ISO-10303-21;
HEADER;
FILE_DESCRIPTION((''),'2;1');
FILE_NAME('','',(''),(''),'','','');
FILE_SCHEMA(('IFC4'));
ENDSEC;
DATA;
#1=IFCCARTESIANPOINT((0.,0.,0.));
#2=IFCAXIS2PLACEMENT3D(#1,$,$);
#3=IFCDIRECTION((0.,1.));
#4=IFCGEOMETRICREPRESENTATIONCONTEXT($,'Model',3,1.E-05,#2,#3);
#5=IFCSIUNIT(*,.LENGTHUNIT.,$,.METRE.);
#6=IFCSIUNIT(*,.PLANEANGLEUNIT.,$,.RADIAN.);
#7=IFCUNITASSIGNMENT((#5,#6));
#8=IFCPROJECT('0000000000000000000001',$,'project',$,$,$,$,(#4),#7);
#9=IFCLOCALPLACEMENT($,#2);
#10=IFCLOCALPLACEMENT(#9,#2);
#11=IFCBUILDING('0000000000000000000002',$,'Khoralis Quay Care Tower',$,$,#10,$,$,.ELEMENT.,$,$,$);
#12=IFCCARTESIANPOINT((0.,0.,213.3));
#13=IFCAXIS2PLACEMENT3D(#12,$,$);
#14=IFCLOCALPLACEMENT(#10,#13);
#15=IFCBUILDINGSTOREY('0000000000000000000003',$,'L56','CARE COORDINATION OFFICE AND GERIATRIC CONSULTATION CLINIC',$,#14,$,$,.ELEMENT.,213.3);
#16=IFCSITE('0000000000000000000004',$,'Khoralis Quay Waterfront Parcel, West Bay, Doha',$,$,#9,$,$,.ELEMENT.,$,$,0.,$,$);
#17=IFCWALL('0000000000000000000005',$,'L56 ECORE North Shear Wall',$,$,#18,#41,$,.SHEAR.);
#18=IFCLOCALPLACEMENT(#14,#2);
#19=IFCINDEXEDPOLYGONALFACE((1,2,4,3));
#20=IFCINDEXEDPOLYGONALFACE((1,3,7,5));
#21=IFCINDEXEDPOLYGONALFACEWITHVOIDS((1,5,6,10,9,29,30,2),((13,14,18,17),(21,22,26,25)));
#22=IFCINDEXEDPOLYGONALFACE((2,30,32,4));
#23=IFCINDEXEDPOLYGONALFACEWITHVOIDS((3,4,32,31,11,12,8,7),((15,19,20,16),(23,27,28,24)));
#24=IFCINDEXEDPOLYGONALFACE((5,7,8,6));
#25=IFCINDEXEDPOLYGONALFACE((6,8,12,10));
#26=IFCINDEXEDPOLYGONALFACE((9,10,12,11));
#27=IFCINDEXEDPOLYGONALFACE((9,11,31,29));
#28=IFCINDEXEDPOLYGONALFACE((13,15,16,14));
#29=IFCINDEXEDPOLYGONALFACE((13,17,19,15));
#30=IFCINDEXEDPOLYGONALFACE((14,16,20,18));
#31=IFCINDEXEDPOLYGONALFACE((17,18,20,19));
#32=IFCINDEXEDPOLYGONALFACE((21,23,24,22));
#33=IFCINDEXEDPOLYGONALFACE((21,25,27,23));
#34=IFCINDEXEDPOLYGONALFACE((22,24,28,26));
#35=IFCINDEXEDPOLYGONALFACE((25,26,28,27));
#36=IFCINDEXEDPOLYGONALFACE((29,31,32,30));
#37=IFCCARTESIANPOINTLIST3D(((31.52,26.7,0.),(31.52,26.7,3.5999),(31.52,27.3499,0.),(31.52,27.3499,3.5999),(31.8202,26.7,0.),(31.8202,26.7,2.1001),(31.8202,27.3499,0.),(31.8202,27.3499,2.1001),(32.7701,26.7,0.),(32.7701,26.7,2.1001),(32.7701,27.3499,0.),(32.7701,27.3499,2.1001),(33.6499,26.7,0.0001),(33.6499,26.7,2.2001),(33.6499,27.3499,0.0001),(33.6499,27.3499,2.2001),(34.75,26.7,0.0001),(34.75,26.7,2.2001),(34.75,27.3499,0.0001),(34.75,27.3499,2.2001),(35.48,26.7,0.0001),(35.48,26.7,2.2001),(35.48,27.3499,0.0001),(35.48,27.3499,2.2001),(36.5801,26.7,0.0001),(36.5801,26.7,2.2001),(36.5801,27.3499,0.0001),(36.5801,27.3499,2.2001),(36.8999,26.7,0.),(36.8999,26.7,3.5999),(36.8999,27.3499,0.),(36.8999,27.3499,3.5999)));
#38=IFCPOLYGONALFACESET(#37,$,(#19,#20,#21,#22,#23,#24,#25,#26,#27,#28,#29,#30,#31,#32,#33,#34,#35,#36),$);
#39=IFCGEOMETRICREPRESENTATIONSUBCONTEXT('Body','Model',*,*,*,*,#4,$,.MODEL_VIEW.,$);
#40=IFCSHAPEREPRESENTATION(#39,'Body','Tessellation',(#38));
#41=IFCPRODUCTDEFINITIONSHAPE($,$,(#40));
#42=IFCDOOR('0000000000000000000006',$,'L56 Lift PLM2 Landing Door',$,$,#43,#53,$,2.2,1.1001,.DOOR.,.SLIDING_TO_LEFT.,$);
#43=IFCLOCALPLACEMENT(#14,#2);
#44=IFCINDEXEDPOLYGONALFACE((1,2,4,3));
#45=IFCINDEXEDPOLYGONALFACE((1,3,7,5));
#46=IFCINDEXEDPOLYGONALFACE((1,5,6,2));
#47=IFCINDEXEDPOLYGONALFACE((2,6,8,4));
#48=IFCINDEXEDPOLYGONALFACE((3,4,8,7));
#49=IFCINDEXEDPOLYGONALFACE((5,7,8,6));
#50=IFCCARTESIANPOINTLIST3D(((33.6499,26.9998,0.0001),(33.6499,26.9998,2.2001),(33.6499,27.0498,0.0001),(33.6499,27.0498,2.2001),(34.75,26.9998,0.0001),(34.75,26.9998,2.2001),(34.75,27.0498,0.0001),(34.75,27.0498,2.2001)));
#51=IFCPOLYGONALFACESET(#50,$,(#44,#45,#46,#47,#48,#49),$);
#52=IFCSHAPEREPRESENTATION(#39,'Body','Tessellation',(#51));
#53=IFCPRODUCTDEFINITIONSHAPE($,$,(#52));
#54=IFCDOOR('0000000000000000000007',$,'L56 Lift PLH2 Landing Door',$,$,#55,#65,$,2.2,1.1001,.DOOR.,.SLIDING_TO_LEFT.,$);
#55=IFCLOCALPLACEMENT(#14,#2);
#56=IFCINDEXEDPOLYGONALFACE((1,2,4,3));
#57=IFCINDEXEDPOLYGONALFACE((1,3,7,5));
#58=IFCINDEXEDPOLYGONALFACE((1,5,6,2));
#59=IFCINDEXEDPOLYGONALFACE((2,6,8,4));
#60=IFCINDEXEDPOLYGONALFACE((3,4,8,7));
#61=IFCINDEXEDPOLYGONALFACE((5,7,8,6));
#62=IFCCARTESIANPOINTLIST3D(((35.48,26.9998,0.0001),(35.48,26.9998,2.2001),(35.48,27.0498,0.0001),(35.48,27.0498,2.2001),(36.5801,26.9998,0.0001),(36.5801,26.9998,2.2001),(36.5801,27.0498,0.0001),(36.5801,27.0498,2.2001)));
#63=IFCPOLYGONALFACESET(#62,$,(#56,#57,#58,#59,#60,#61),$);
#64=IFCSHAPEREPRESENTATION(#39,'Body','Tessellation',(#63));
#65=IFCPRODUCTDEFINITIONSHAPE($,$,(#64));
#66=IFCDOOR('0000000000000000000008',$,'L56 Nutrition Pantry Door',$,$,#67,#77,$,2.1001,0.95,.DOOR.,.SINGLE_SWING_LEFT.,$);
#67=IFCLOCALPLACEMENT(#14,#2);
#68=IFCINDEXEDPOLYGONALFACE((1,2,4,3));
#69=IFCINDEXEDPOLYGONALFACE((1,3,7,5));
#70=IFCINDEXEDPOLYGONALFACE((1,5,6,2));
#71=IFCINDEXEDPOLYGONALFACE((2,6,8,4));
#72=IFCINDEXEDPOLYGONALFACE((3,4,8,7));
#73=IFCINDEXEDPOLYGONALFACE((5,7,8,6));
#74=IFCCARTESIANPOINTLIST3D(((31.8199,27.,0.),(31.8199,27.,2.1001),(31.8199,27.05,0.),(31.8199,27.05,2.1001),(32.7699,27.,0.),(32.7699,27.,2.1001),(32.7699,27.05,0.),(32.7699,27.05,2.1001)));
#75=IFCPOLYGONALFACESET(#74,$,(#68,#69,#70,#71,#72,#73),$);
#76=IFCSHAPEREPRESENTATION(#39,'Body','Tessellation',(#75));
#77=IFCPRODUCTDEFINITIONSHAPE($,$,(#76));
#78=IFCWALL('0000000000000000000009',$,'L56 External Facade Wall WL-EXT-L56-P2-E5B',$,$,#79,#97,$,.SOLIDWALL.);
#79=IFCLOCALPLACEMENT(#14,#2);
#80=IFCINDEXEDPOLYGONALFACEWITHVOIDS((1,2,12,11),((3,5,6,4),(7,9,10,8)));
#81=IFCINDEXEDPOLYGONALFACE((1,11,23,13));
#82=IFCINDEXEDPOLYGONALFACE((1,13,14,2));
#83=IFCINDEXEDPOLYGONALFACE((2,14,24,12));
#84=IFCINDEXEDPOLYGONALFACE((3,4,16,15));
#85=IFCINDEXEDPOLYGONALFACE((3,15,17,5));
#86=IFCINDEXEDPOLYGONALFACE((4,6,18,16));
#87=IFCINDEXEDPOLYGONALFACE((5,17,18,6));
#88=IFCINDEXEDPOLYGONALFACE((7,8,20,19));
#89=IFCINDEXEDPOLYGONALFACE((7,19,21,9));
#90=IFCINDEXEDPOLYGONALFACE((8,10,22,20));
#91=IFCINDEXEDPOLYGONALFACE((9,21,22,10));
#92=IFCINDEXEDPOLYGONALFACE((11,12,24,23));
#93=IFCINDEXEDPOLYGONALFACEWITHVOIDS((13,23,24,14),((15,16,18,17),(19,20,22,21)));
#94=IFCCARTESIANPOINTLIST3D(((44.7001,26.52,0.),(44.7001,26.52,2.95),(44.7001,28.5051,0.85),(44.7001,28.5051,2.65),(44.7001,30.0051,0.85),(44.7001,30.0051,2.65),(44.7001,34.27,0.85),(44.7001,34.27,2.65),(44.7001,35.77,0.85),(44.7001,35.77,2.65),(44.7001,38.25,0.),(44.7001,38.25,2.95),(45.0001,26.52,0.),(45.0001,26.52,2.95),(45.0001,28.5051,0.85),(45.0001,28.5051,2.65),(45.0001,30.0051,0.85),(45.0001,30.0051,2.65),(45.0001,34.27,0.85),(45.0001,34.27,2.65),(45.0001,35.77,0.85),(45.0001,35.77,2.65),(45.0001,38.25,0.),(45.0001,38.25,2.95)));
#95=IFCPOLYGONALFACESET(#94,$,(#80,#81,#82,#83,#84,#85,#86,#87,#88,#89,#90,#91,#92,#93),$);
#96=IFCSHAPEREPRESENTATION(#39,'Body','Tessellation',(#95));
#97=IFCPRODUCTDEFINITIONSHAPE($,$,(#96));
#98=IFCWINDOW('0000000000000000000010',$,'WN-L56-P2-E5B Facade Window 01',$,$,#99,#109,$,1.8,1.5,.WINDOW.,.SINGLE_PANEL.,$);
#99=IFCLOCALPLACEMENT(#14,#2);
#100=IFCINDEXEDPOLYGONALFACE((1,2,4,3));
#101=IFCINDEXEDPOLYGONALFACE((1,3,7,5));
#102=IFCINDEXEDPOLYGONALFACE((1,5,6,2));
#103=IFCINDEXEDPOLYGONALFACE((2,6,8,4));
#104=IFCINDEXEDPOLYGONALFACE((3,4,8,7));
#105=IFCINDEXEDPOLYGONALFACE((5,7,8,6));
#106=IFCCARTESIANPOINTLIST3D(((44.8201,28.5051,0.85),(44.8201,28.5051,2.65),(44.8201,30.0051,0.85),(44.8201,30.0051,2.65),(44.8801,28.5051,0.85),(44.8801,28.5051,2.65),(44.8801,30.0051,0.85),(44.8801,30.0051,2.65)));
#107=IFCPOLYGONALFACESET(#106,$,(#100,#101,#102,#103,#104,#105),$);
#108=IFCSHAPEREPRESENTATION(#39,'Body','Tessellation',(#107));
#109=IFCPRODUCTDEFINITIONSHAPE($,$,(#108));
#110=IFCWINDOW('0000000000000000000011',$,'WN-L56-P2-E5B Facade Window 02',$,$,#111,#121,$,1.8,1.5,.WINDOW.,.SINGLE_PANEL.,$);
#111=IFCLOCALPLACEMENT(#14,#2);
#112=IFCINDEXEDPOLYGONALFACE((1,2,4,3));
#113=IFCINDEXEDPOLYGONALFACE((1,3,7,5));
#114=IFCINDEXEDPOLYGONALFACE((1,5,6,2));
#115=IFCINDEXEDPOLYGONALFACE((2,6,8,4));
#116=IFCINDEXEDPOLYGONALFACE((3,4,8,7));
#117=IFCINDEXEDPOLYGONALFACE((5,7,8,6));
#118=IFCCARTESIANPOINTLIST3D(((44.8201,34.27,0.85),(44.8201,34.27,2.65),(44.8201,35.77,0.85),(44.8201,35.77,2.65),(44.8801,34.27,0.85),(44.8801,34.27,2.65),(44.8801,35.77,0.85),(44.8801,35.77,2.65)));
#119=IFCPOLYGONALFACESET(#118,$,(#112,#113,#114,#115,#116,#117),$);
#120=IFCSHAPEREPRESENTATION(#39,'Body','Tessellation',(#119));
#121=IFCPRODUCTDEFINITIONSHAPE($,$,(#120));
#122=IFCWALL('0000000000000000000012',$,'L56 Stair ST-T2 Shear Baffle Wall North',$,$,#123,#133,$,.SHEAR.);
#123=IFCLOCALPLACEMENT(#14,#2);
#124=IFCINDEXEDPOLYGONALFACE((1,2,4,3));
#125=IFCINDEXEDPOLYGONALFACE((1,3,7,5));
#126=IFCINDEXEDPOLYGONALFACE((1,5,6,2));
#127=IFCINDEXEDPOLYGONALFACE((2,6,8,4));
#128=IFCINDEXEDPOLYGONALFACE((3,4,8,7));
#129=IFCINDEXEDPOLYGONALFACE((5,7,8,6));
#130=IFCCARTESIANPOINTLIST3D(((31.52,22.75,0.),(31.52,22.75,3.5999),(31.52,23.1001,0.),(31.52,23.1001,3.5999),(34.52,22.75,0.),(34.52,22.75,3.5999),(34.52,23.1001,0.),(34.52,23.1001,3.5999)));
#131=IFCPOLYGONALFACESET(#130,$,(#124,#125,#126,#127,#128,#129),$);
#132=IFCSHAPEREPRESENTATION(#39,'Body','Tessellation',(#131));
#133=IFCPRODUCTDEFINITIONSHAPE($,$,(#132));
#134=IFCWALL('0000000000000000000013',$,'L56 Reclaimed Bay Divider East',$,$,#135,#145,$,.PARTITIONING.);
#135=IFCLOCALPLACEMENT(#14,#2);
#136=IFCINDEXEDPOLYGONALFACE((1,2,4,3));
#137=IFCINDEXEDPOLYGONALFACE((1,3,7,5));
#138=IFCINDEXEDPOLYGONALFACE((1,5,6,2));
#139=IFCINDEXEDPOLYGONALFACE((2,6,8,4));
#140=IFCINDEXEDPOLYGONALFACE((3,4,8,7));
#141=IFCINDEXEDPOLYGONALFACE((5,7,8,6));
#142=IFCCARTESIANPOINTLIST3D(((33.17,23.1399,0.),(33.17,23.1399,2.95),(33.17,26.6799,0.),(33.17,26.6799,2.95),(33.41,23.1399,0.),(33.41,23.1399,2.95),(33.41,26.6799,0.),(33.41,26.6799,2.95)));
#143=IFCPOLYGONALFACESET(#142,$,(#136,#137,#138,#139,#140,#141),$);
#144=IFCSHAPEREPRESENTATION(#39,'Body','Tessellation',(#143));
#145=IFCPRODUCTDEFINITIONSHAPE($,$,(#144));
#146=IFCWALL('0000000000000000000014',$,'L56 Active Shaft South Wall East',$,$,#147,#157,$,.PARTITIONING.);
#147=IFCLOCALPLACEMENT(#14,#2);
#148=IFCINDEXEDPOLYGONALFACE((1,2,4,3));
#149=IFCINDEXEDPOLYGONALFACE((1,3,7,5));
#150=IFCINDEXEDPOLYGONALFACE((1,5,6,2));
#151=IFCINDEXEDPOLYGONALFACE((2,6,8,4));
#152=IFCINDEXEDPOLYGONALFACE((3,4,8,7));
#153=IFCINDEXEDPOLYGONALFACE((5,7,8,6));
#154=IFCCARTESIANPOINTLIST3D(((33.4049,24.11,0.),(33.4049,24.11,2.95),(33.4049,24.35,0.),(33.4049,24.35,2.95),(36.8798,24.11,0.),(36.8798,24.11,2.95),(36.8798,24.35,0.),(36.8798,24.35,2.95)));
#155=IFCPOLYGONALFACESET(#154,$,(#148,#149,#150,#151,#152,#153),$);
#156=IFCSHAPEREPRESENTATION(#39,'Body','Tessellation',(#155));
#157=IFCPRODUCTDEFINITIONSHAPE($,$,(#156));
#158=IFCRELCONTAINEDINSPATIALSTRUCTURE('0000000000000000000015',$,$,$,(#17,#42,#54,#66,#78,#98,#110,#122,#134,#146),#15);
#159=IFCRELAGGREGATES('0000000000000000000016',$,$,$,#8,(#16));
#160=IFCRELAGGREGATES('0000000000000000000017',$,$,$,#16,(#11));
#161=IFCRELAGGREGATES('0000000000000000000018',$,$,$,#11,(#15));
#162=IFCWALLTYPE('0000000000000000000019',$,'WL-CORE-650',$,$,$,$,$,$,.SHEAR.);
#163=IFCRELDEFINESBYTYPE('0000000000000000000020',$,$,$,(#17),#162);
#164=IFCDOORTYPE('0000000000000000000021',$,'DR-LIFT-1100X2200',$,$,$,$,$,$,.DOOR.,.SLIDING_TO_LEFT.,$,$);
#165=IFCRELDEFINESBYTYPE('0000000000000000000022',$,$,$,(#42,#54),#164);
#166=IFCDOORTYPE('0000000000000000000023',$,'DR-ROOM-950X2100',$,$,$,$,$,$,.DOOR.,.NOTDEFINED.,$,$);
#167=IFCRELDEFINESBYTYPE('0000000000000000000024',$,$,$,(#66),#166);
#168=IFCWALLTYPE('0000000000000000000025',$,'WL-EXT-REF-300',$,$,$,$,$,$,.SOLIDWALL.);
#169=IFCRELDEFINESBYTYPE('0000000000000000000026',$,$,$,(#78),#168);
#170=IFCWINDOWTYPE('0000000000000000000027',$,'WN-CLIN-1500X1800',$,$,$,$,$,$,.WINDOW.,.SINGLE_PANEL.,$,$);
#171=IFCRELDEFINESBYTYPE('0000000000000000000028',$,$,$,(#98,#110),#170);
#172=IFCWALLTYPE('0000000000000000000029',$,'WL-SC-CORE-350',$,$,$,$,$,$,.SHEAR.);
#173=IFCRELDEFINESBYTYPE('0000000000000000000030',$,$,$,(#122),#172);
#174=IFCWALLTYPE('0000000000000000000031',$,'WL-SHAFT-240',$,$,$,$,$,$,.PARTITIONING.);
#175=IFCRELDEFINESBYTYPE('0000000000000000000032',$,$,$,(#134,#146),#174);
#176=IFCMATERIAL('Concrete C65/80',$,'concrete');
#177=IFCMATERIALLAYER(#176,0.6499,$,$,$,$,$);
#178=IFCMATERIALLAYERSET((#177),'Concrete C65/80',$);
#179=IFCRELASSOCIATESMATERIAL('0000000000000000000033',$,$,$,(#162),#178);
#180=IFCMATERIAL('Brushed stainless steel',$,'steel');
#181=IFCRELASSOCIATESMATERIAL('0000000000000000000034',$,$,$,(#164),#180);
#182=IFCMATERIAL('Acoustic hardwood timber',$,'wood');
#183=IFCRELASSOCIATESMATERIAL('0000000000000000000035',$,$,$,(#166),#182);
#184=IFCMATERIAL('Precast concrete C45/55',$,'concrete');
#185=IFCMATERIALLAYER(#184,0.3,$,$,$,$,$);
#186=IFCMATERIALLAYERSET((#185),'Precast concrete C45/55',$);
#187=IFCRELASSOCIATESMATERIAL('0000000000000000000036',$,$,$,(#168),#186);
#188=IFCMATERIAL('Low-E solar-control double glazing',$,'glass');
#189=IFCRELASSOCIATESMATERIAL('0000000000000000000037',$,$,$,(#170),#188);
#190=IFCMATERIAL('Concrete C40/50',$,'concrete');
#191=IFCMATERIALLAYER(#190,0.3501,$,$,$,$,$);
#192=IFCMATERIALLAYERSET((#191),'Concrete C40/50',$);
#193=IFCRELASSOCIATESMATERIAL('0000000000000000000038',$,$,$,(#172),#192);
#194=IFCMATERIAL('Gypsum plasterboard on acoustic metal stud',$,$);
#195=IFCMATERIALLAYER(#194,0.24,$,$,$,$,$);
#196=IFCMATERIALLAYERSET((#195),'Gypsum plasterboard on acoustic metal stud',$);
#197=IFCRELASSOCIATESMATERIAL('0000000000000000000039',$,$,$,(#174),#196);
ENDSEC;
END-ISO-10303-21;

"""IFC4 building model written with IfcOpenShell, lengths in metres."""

from ifc_helpers import new_model, si_unit, direction, frame, frame_2d, origin, place, context, subcontext, project, spatial, rectangle, extrude, source, transform, mapped, material, layer, layer_set, type_object, element, fill, save


model = new_model("IFC4")

# Units and contexts
model_context = context("Model", 3, precision=1e-05, world=origin(), true_north=direction((0.0, 1.0)))
body_context = subcontext(model_context, "Body", "Model", "MODEL_VIEW")
ifc_project = project(units=[si_unit("LENGTHUNIT", "METRE"), si_unit("PLANEANGLEUNIT", "RADIAN")], contexts=[model_context])

# Site, building, storey
site_placement = place(None, origin())
site = spatial("IfcSite", under=ifc_project, at=site_placement, Name="Khoralis Quay Waterfront Parcel, West Bay, Doha", CompositionType="ELEMENT", RefElevation=0.0)
building_placement = place(site_placement, origin())
building = spatial("IfcBuilding", under=site, at=building_placement, Name="Khoralis Quay Care Tower", CompositionType="ELEMENT")
storey_placement = place(building_placement, frame((0.0, 0.0, 213.3)))
storey = spatial("IfcBuildingStorey", under=building, at=storey_placement, Name="L56", Description="CARE COORDINATION OFFICE AND GERIATRIC CONSULTATION CLINIC", CompositionType="ELEMENT", Elevation=213.3)

# Shared definitions
ifc_material_1 = material(Name="Concrete C65/80", Category="concrete")

# Shared definitions
ifc_material_2 = material(Name="Low-E solar-control double glazing", Category="glass")

# Wall, openings, doors
ifc_layer_1 = layer(ifc_material_1, 0.6499)
ifc_layer_set_1 = layer_set([ifc_layer_1], Name="Concrete C65/80")
wall_type_1 = type_object("IfcWallType", Name="WL-CORE-650", PredefinedType="SHEAR", material=ifc_layer_set_1)
wall_1_placement = place(storey_placement, frame((31.52, 27.0249, 0.0), z_axis=(0.0, 0.0, 1.0), x_axis=(1.0, 0.0, 0.0)))
wall_1 = element("IfcWall", 1, at=wall_1_placement, inside=storey, type_object=wall_type_1, Name="L56 ECORE North Shear Wall", PredefinedType="SHEAR", context=body_context, shape_type="SweptSolid", body=[
    extrude(rectangle(XDim=5.3799, YDim=0.6499, at=frame_2d((2.6899, 0.0))), origin(), (0.0, 0.0, 1.0), 3.5999),
])
opening_1_placement = place(wall_1_placement, frame((0.3, 0.0, 0.0)))
opening_1 = element("IfcOpeningElement", 2, at=opening_1_placement, cuts=wall_1, PredefinedType="OPENING", context=body_context, shape_type="SweptSolid", body=[
    extrude(rectangle(XDim=0.95, YDim=2.1001, at=frame_2d((0.4751, 1.05))), frame((0.0, 0.335, 0.0), z_axis=(0.0, -1.0, 0.0), x_axis=(1.0, 0.0, 0.0)), (0.0, 0.0, 1.0), 0.6699),
])
opening_2_placement = place(wall_1_placement, frame((2.1299, 0.0, 0.0)))
opening_2 = element("IfcOpeningElement", 3, at=opening_2_placement, cuts=wall_1, PredefinedType="OPENING", context=body_context, shape_type="SweptSolid", body=[
    extrude(rectangle(XDim=1.1001, YDim=2.2, at=frame_2d((0.55, 1.1001))), frame((0.0, 0.335, 0.0), z_axis=(0.0, -1.0, 0.0), x_axis=(1.0, 0.0, 0.0)), (0.0, 0.0, 1.0), 0.6699),
])
opening_3_placement = place(wall_1_placement, frame((3.96, 0.0, 0.0)))
opening_3 = element("IfcOpeningElement", 4, at=opening_3_placement, cuts=wall_1, PredefinedType="OPENING", context=body_context, shape_type="SweptSolid", body=[
    extrude(rectangle(XDim=1.1001, YDim=2.2, at=frame_2d((0.55, 1.1001))), frame((0.0, 0.335, 0.0), z_axis=(0.0, -1.0, 0.0), x_axis=(1.0, 0.0, 0.0)), (0.0, 0.0, 1.0), 0.6699),
])
ifc_material_3 = material(Name="Brushed stainless steel", Category="steel")
door_type_1 = type_object("IfcDoorType", Name="DR-LIFT-1100X2200", OperationType="SLIDING_TO_LEFT", PredefinedType="DOOR", material=ifc_material_3)
shared_shape_1 = source(origin(), body_context, "Body", "SweptSolid", [
    extrude(rectangle(XDim=1.1001, YDim=2.2, at=frame_2d((0.55, 1.1001))), frame((0.0, 0.0249, 0.0), z_axis=(0.0, -1.0, 0.0), x_axis=(1.0, 0.0, 0.0)), (0.0, 0.0, 1.0), 0.05),
])
door_1_placement = place(opening_2_placement, origin())
door_1 = element("IfcDoor", 5, at=door_1_placement, inside=storey, type_object=door_type_1, Name="L56 Lift PLM2 Landing Door", OperationType="SLIDING_TO_LEFT", OverallHeight=2.2, OverallWidth=1.1001, PredefinedType="DOOR", context=body_context, shape_type="MappedRepresentation", body=[
    mapped(shared_shape_1, transform((0.0, 0.0, 0.0), scale=1.0)),
])
fill(opening_2, door_1)
door_2_placement = place(opening_3_placement, origin())
door_2 = element("IfcDoor", 6, at=door_2_placement, inside=storey, type_object=door_type_1, Name="L56 Lift PLH2 Landing Door", OperationType="SLIDING_TO_LEFT", OverallHeight=2.2, OverallWidth=1.1001, PredefinedType="DOOR", context=body_context, shape_type="MappedRepresentation", body=[
    mapped(shared_shape_1, transform((0.0, 0.0, 0.0), scale=1.0)),
])
fill(opening_3, door_2)
ifc_material_4 = material(Name="Acoustic hardwood timber", Category="wood")
door_type_2 = type_object("IfcDoorType", Name="DR-ROOM-950X2100", OperationType="NOTDEFINED", PredefinedType="DOOR", material=ifc_material_4)
shared_shape_2 = source(origin(), body_context, "Body", "SweptSolid", [
    extrude(rectangle(XDim=0.95, YDim=2.1001, at=frame_2d((0.4751, 1.05))), frame((0.0, 0.0249, 0.0), z_axis=(0.0, -1.0, 0.0), x_axis=(1.0, 0.0, 0.0)), (0.0, 0.0, 1.0), 0.05),
])
door_3_placement = place(opening_1_placement, frame((0.95, 0.0, 0.0), z_axis=(0.0, 0.0, 1.0), x_axis=(-1.0, 0.0, 0.0)))
door_3 = element("IfcDoor", 7, at=door_3_placement, inside=storey, type_object=door_type_2, Name="L56 Nutrition Pantry Door", OperationType="SINGLE_SWING_LEFT", OverallHeight=2.1001, OverallWidth=0.95, PredefinedType="DOOR", context=body_context, shape_type="MappedRepresentation", body=[
    mapped(shared_shape_2, transform((0.0, 0.0, 0.0), scale=1.0)),
])
fill(opening_1, door_3)

# Wall, openings, windows
ifc_material_5 = material(Name="Precast concrete C45/55", Category="concrete")
ifc_layer_2 = layer(ifc_material_5, 0.3)
ifc_layer_set_2 = layer_set([ifc_layer_2], Name="Precast concrete C45/55")
wall_type_2 = type_object("IfcWallType", Name="WL-EXT-REF-300", PredefinedType="SOLIDWALL", material=ifc_layer_set_2)
wall_2_placement = place(storey_placement, frame((44.8501, 26.52, 0.0), z_axis=(0.0, 0.0, 1.0), x_axis=(0.0, 1.0, 0.0)))
wall_2 = element("IfcWall", 8, at=wall_2_placement, inside=storey, type_object=wall_type_2, Name="L56 External Facade Wall WL-EXT-L56-P2-E5B", PredefinedType="SOLIDWALL", context=body_context, shape_type="SweptSolid", body=[
    extrude(rectangle(XDim=11.73, YDim=0.3, at=frame_2d((5.865, 0.0))), origin(), (0.0, 0.0, 1.0), 2.95),
])
opening_4_placement = place(wall_2_placement, frame((1.9851, 0.0, 0.8501)))
opening_4 = element("IfcOpeningElement", 9, at=opening_4_placement, cuts=wall_2, PredefinedType="OPENING", context=body_context, shape_type="SweptSolid", body=[
    extrude(rectangle(XDim=1.5, YDim=1.8, at=frame_2d((0.75, 0.8999))), frame((0.0, 0.1602, 0.0), z_axis=(0.0, -1.0, 0.0), x_axis=(1.0, 0.0, 0.0)), (0.0, 0.0, 1.0), 0.3201),
])
opening_5_placement = place(wall_2_placement, frame((7.75, 0.0, 0.8501)))
opening_5 = element("IfcOpeningElement", 10, at=opening_5_placement, cuts=wall_2, PredefinedType="OPENING", context=body_context, shape_type="SweptSolid", body=[
    extrude(rectangle(XDim=1.5, YDim=1.8, at=frame_2d((0.75, 0.8999))), frame((0.0, 0.1602, 0.0), z_axis=(0.0, -1.0, 0.0), x_axis=(1.0, 0.0, 0.0)), (0.0, 0.0, 1.0), 0.3201),
])
window_type = type_object("IfcWindowType", Name="WN-CLIN-1500X1800", PartitioningType="SINGLE_PANEL", PredefinedType="WINDOW", material=ifc_material_2)
shared_shape_3 = source(origin(), body_context, "Body", "SweptSolid", [
    extrude(rectangle(XDim=1.5, YDim=1.8, at=frame_2d((0.75, 0.8999))), frame((0.0, 0.03, 0.0), z_axis=(0.0, -1.0, 0.0), x_axis=(1.0, 0.0, 0.0)), (0.0, 0.0, 1.0), 0.0601),
])
window_1_placement = place(opening_4_placement, origin())
window_1 = element("IfcWindow", 11, at=window_1_placement, inside=storey, type_object=window_type, Name="WN-L56-P2-E5B Facade Window 01", OverallHeight=1.8, OverallWidth=1.5, PartitioningType="SINGLE_PANEL", PredefinedType="WINDOW", context=body_context, shape_type="MappedRepresentation", body=[
    mapped(shared_shape_3, transform((0.0, 0.0, 0.0), scale=1.0)),
])
fill(opening_4, window_1)
window_2_placement = place(opening_5_placement, origin())
window_2 = element("IfcWindow", 12, at=window_2_placement, inside=storey, type_object=window_type, Name="WN-L56-P2-E5B Facade Window 02", OverallHeight=1.8, OverallWidth=1.5, PartitioningType="SINGLE_PANEL", PredefinedType="WINDOW", context=body_context, shape_type="MappedRepresentation", body=[
    mapped(shared_shape_3, transform((0.0, 0.0, 0.0), scale=1.0)),
])
fill(opening_5, window_2)

# Walls
ifc_material_6 = material(Name="Concrete C40/50", Category="concrete")
ifc_layer_3 = layer(ifc_material_6, 0.3501)
ifc_layer_set_3 = layer_set([ifc_layer_3], Name="Concrete C40/50")
wall_type_3 = type_object("IfcWallType", Name="WL-SC-CORE-350", PredefinedType="SHEAR", material=ifc_layer_set_3)
wall_3_placement = place(storey_placement, frame((31.52, 22.925, 0.0), z_axis=(0.0, 0.0, 1.0), x_axis=(1.0, 0.0, 0.0)))
element("IfcWall", 13, at=wall_3_placement, inside=storey, type_object=wall_type_3, Name="L56 Stair ST-T2 Shear Baffle Wall North", PredefinedType="SHEAR", context=body_context, shape_type="SweptSolid", body=[
    extrude(rectangle(XDim=3.0, YDim=0.3501, at=frame_2d((1.5, 0.0))), origin(), (0.0, 0.0, 1.0), 3.5999),
])
ifc_material_7 = material(Name="Gypsum plasterboard on acoustic metal stud")
ifc_layer_4 = layer(ifc_material_7, 0.24)
ifc_layer_set_4 = layer_set([ifc_layer_4], Name="Gypsum plasterboard on acoustic metal stud")
wall_type_4 = type_object("IfcWallType", Name="WL-SHAFT-240", PredefinedType="PARTITIONING", material=ifc_layer_set_4)
wall_4_placement = place(storey_placement, frame((33.29, 23.1399, 0.0), z_axis=(0.0, 0.0, 1.0), x_axis=(0.0, 1.0, 0.0)))
element("IfcWall", 14, at=wall_4_placement, inside=storey, type_object=wall_type_4, Name="L56 Reclaimed Bay Divider East", PredefinedType="PARTITIONING", context=body_context, shape_type="SweptSolid", body=[
    extrude(rectangle(XDim=3.54, YDim=0.24, at=frame_2d((1.77, 0.0))), origin(), (0.0, 0.0, 1.0), 2.95),
])
wall_5_placement = place(storey_placement, frame((33.405, 24.23, 0.0), z_axis=(0.0, 0.0, 1.0), x_axis=(1.0, 0.0, 0.0)))
element("IfcWall", 15, at=wall_5_placement, inside=storey, type_object=wall_type_4, Name="L56 Active Shaft South Wall East", PredefinedType="PARTITIONING", context=body_context, shape_type="SweptSolid", body=[
    extrude(rectangle(XDim=3.4749, YDim=0.24, at=frame_2d((1.7373, 0.0))), origin(), (0.0, 0.0, 1.0), 2.95),
])

save(model, "model.ifc")
